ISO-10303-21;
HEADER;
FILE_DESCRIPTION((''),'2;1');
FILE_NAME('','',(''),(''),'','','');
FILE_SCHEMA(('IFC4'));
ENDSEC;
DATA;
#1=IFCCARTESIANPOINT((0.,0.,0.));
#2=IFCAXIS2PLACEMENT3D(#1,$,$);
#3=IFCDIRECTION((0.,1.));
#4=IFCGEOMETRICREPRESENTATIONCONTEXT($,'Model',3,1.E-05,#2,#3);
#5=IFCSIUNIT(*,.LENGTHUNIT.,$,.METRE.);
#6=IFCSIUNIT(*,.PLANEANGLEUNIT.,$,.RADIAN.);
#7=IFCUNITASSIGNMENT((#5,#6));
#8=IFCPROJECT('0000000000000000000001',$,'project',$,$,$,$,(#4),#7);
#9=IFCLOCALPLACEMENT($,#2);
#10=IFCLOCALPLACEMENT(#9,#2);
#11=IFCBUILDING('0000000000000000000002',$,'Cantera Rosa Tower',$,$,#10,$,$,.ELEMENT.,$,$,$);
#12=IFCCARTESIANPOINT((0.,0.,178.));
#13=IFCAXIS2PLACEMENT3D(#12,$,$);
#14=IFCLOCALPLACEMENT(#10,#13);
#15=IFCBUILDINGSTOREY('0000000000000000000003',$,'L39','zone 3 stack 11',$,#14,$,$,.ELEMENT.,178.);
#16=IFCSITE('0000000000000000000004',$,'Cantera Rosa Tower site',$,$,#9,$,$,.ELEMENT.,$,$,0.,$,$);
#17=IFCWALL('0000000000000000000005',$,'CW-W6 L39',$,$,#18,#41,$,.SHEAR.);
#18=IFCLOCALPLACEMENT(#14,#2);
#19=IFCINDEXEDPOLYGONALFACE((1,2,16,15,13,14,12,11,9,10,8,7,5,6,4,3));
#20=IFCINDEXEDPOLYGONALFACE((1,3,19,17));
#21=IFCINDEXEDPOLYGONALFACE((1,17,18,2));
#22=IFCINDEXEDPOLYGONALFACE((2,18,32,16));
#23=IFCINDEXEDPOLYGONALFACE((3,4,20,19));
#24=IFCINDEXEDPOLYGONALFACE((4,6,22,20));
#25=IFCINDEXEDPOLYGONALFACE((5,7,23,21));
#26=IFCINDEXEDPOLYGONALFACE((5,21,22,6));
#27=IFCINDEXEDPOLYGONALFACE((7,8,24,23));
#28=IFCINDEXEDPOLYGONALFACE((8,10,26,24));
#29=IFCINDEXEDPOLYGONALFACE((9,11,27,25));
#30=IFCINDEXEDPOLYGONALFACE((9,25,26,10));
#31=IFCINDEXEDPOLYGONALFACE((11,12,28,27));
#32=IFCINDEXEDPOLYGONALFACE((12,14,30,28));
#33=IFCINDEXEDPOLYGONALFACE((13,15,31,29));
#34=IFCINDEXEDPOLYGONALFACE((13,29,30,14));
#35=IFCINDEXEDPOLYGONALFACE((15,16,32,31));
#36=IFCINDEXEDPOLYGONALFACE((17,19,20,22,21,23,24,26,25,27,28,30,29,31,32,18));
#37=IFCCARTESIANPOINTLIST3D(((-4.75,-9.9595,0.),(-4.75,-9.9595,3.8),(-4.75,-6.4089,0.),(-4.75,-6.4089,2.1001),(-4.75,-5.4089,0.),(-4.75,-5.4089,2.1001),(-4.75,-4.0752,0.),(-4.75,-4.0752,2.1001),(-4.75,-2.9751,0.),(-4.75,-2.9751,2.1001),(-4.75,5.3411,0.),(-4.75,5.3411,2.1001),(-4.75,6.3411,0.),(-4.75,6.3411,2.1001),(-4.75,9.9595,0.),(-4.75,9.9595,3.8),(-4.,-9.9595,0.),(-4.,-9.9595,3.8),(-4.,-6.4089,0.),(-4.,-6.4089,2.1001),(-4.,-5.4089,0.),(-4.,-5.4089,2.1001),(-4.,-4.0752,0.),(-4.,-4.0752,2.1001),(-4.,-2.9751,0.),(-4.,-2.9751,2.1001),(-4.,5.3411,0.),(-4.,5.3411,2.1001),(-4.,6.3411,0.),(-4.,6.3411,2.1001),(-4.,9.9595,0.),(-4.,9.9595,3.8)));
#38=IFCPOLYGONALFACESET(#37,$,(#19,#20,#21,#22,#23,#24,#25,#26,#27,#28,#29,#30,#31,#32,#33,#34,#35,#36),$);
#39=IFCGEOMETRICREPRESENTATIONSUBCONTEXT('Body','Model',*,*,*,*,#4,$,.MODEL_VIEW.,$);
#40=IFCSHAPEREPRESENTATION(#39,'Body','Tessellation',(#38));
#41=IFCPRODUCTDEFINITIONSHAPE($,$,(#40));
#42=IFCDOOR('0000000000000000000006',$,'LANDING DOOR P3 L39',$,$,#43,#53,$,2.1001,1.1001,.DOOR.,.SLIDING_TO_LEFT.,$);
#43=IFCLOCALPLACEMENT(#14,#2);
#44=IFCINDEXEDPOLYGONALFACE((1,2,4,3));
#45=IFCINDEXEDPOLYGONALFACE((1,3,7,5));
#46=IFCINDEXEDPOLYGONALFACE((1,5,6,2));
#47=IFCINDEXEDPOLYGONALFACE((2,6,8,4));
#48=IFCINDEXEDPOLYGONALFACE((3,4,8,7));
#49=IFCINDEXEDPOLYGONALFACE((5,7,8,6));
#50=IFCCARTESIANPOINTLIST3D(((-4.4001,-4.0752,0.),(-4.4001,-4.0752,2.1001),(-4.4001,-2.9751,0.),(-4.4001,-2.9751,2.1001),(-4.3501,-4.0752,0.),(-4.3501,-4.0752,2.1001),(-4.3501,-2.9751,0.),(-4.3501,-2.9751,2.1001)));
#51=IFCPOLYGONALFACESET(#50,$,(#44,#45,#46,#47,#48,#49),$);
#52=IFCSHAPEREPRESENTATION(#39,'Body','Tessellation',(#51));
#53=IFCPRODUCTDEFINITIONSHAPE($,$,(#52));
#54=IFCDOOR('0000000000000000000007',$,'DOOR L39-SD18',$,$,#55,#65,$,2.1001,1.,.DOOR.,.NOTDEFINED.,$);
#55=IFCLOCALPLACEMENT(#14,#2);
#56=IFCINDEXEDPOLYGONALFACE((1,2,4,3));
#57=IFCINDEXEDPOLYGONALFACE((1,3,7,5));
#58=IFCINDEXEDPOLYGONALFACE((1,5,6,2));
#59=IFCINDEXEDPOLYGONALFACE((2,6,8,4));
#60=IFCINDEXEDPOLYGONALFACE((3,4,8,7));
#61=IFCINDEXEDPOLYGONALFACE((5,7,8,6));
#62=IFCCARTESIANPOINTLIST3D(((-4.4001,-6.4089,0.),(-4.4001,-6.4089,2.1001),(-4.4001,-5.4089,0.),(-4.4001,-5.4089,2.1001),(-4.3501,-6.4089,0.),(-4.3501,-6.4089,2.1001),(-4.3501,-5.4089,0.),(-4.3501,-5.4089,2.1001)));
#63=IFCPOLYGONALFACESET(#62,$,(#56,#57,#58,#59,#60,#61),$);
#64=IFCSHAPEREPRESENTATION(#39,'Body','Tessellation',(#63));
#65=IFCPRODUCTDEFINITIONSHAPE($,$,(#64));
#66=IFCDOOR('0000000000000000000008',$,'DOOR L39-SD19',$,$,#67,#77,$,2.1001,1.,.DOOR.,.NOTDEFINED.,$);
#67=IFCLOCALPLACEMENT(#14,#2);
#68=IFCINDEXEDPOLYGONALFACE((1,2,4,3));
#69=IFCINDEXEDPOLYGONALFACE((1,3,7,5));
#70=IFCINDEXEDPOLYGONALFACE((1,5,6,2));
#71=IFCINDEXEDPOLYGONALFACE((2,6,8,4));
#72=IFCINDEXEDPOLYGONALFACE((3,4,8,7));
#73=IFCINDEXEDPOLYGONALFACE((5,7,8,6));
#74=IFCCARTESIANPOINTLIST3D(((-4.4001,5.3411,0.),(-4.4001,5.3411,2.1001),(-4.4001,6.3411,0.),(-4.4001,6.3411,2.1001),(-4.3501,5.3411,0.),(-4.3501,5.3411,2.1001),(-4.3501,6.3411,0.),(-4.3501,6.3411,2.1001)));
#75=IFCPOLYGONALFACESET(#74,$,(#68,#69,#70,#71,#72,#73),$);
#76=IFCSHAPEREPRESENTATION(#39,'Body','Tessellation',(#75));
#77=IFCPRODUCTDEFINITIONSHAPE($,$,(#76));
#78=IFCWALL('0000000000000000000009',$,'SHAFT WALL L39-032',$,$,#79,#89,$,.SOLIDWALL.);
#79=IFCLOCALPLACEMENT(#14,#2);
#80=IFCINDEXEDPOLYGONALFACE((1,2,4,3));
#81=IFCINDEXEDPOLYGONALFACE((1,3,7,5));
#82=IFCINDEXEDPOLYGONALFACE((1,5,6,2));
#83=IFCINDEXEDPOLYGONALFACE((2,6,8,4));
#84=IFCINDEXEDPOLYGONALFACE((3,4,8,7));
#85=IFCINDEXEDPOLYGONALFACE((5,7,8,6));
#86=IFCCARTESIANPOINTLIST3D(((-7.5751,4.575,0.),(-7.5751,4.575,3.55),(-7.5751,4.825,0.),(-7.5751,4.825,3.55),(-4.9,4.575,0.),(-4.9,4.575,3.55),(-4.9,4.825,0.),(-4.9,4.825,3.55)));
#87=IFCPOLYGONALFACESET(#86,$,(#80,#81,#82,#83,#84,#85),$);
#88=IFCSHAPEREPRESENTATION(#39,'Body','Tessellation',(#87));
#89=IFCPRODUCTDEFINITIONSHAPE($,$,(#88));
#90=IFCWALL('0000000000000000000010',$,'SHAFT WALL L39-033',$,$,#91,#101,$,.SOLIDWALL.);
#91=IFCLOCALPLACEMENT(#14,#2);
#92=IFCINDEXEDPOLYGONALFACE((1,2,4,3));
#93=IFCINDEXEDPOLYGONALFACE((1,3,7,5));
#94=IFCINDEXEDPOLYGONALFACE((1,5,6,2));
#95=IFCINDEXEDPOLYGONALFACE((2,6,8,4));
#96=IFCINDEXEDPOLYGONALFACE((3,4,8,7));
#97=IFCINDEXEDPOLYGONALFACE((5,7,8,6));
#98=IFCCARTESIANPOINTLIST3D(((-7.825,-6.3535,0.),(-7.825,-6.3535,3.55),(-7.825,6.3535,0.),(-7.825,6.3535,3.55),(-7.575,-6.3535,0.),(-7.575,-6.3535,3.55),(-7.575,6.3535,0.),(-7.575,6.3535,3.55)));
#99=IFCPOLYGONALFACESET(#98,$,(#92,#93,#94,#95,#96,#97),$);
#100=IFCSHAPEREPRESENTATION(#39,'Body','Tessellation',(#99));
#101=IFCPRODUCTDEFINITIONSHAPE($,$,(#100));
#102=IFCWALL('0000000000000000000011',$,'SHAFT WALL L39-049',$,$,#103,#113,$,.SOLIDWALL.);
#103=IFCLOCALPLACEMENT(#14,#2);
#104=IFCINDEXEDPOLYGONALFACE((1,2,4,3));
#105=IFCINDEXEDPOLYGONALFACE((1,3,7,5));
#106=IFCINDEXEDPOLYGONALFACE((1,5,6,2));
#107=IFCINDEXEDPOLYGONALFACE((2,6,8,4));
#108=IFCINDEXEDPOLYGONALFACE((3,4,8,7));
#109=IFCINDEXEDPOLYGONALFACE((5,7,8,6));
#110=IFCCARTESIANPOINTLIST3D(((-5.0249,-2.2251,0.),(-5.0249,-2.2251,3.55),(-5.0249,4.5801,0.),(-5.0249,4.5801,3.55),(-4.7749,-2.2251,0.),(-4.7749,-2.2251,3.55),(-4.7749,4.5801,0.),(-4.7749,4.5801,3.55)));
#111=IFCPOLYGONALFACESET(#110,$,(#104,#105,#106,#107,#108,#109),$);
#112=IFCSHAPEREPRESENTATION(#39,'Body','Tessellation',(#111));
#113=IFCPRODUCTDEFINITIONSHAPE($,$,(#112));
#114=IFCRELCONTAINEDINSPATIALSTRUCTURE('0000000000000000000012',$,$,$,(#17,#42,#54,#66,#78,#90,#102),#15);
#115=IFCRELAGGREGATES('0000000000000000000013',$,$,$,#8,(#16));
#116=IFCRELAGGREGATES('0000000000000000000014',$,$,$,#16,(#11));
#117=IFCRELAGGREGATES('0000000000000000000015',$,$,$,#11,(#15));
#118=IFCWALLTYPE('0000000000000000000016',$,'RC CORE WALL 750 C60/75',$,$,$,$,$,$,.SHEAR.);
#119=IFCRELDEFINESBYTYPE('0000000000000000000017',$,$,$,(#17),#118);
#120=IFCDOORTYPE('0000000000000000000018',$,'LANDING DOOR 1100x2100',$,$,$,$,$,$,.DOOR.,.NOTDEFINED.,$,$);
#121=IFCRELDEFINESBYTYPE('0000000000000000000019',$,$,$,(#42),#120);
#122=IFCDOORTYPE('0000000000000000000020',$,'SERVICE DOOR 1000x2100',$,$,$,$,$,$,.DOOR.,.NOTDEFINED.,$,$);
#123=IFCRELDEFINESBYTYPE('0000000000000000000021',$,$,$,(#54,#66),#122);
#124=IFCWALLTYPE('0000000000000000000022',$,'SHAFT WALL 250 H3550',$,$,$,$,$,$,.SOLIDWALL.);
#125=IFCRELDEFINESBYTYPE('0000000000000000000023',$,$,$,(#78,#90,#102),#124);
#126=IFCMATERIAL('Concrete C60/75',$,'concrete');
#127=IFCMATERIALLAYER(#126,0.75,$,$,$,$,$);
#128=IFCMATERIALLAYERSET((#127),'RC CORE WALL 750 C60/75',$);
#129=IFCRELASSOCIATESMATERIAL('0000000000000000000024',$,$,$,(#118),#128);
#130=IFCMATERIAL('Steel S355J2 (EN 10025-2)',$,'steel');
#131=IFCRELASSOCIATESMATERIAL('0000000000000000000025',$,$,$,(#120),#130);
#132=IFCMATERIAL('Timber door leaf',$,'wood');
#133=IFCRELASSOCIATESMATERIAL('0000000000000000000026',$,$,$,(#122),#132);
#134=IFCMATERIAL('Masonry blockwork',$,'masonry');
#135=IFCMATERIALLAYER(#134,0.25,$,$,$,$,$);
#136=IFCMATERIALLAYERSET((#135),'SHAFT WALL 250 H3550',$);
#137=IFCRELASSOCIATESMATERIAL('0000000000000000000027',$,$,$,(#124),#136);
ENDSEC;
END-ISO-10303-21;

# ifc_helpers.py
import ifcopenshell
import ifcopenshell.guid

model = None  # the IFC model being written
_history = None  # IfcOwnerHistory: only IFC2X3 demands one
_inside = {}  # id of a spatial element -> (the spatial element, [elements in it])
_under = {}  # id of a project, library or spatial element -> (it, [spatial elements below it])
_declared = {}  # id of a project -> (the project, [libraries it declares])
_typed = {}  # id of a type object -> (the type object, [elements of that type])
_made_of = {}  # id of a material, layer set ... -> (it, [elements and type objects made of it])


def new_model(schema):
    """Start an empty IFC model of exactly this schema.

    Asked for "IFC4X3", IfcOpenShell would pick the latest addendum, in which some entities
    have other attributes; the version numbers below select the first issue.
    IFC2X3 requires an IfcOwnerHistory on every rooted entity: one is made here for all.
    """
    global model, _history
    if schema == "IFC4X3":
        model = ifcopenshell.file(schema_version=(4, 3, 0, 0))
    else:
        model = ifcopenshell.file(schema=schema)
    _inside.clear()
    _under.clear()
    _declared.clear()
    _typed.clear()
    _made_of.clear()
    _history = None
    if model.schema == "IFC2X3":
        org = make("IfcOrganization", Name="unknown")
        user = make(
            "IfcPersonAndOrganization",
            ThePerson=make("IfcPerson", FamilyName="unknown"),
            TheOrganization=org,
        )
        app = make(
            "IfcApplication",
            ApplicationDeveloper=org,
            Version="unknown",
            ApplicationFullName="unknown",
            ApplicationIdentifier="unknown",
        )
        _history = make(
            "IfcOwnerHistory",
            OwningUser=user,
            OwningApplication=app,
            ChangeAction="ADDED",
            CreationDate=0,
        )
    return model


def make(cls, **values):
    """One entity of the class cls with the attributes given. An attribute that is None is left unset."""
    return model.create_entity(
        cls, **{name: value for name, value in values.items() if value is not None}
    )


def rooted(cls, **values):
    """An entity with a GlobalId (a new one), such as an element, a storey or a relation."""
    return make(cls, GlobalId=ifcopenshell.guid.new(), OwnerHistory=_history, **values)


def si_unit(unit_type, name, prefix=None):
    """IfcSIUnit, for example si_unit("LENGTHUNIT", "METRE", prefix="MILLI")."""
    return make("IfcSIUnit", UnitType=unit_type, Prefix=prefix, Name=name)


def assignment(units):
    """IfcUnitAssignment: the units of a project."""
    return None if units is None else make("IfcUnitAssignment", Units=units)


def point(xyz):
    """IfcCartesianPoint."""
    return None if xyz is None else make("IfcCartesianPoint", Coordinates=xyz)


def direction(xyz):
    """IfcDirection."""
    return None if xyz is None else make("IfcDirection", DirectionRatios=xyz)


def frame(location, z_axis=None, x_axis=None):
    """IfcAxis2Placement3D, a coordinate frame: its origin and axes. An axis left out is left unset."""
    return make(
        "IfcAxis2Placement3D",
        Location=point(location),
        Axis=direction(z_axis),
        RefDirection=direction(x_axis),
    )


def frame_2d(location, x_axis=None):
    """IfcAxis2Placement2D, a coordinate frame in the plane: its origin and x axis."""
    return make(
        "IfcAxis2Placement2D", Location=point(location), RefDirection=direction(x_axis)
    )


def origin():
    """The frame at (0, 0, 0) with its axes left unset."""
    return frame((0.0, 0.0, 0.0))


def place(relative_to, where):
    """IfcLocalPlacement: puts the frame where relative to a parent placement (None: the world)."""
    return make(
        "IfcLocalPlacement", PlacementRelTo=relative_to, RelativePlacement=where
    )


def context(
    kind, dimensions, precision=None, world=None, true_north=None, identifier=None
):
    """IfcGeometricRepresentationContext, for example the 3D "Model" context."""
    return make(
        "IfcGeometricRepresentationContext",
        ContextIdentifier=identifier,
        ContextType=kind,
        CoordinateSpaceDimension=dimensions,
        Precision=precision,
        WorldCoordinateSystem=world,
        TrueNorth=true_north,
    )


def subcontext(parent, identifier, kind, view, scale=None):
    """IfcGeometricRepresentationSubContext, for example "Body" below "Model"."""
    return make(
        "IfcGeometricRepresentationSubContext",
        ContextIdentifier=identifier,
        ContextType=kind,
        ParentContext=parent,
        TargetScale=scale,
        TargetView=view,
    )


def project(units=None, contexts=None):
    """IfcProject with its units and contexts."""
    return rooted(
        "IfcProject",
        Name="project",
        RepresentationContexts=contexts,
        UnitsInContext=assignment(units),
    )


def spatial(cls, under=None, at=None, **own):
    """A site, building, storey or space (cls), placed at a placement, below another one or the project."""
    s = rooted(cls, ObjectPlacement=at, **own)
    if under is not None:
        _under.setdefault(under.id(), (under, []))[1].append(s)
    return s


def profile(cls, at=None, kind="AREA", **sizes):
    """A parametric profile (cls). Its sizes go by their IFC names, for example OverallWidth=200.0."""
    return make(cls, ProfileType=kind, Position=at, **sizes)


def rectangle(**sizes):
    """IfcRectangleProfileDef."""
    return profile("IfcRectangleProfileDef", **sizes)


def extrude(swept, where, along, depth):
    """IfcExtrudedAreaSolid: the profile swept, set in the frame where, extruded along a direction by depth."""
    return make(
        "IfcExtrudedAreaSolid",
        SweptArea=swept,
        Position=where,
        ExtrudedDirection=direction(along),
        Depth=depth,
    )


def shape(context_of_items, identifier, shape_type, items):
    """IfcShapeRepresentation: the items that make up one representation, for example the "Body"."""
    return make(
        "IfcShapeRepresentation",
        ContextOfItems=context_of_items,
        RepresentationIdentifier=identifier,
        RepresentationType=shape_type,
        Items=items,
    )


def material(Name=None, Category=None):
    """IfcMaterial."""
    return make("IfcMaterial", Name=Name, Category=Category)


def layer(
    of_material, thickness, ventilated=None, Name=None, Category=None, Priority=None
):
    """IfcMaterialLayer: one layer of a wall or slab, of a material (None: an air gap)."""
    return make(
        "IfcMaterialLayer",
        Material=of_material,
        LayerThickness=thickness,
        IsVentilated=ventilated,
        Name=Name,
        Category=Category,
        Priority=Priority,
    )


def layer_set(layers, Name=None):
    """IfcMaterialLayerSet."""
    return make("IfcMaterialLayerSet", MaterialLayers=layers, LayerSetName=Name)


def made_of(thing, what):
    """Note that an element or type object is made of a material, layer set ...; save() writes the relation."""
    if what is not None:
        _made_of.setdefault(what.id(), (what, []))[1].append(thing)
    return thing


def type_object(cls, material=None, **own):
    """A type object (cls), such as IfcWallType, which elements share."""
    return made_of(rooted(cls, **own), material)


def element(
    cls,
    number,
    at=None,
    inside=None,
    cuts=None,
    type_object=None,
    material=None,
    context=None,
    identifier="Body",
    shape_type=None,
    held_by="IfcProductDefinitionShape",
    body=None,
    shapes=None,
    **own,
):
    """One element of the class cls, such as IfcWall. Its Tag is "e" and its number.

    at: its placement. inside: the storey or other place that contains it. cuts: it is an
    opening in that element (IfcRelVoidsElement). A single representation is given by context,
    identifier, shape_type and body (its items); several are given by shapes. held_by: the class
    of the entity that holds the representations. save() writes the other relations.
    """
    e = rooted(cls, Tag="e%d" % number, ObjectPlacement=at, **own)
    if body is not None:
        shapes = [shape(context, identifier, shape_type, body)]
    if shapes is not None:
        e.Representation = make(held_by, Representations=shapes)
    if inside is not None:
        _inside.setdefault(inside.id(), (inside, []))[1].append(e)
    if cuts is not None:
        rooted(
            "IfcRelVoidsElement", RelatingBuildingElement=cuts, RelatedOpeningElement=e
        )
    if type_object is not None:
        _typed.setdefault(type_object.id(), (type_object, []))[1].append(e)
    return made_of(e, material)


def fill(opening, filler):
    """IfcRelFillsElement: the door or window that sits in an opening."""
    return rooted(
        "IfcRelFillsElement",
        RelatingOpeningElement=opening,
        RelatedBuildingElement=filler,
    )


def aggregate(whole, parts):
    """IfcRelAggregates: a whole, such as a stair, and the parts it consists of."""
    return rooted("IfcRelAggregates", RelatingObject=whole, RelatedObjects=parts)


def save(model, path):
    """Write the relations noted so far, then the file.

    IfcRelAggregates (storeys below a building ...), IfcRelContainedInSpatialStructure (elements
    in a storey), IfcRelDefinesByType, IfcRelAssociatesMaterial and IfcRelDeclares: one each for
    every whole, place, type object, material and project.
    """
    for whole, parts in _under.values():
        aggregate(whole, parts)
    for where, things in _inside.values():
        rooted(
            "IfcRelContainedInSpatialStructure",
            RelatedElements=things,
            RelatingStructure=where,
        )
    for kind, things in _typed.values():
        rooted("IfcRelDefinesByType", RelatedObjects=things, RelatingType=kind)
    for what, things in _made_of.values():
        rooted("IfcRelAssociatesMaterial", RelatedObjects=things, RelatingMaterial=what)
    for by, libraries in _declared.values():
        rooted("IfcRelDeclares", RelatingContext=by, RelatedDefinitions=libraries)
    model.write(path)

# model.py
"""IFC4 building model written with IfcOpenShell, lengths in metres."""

from ifc_helpers import new_model, si_unit, direction, frame, frame_2d, origin, place, context, subcontext, project, spatial, rectangle, extrude, material, layer, layer_set, type_object, element, fill, save


model = new_model("IFC4")

# Units and contexts
model_context = context("Model", 3, precision=1e-05, world=origin(), true_north=direction((0.0, 1.0)))
body_context = subcontext(model_context, "Body", "Model", "MODEL_VIEW")
ifc_project = project(units=[si_unit("LENGTHUNIT", "METRE"), si_unit("PLANEANGLEUNIT", "RADIAN")], contexts=[model_context])

# Site, building, storey
site_placement = place(None, origin())
site = spatial("IfcSite", under=ifc_project, at=site_placement, Name="Cantera Rosa Tower site", CompositionType="ELEMENT", RefElevation=0.0)
building_placement = place(site_placement, origin())
building = spatial("IfcBuilding", under=site, at=building_placement, Name="Cantera Rosa Tower", CompositionType="ELEMENT")
storey_placement = place(building_placement, frame((0.0, 0.0, 178.0)))
storey = spatial("IfcBuildingStorey", under=building, at=storey_placement, Name="L39", Description="zone 3 stack 11", CompositionType="ELEMENT", Elevation=178.0)

# Shared definitions
ifc_material_1 = material(Name="Concrete C60/75", Category="concrete")
ifc_layer_1 = layer(ifc_material_1, 0.75)
ifc_layer_set_1 = layer_set([ifc_layer_1], Name="RC CORE WALL 750 C60/75")
wall_type_1 = type_object("IfcWallType", Name="RC CORE WALL 750 C60/75", PredefinedType="SHEAR", material=ifc_layer_set_1)

# Wall, openings, doors
wall_1_placement = place(storey_placement, frame((-4.375, 9.9595, 0.0), z_axis=(0.0, 0.0, 1.0), x_axis=(0.0, -1.0, 0.0)))
wall_1 = element("IfcWall", 1, at=wall_1_placement, inside=storey, type_object=wall_type_1, Name="CW-W6 L39", PredefinedType="SHEAR", context=body_context, shape_type="SweptSolid", body=[
    extrude(rectangle(XDim=19.9189, YDim=0.75, at=frame_2d((9.9595, 0.0))), origin(), (0.0, 0.0, 1.0), 3.8),
])
opening_1_placement = place(wall_1_placement, frame((12.9346, 0.0, 0.0)))
opening_1 = element("IfcOpeningElement", 2, at=opening_1_placement, cuts=wall_1, PredefinedType="OPENING", context=body_context, shape_type="SweptSolid", body=[
    extrude(rectangle(XDim=1.1001, YDim=2.1001, at=frame_2d((0.55, 1.05))), frame((0.0, 0.385, 0.0), z_axis=(0.0, -1.0, 0.0), x_axis=(1.0, 0.0, 0.0)), (0.0, 0.0, 1.0), 0.77),
])
opening_2_placement = place(wall_1_placement, frame((15.3684, 0.0, 0.0)))
opening_2 = element("IfcOpeningElement", 3, at=opening_2_placement, cuts=wall_1, PredefinedType="OPENING", context=body_context, shape_type="SweptSolid", body=[
    extrude(rectangle(XDim=1.0, YDim=2.1001, at=frame_2d((0.5, 1.05))), frame((0.0, 0.385, 0.0), z_axis=(0.0, -1.0, 0.0), x_axis=(1.0, 0.0, 0.0)), (0.0, 0.0, 1.0), 0.77),
])
opening_3_placement = place(wall_1_placement, frame((3.6184, 0.0, 0.0)))
opening_3 = element("IfcOpeningElement", 4, at=opening_3_placement, cuts=wall_1, PredefinedType="OPENING", context=body_context, shape_type="SweptSolid", body=[
    extrude(rectangle(XDim=1.0, YDim=2.1001, at=frame_2d((0.5, 1.05))), frame((0.0, 0.385, 0.0), z_axis=(0.0, -1.0, 0.0), x_axis=(1.0, 0.0, 0.0)), (0.0, 0.0, 1.0), 0.77),
])
ifc_material_2 = material(Name="Steel S355J2 (EN 10025-2)", Category="steel")
door_type_1 = type_object("IfcDoorType", Name="LANDING DOOR 1100x2100", OperationType="NOTDEFINED", PredefinedType="DOOR", material=ifc_material_2)
door_1_placement = place(opening_1_placement, origin())
door_1 = element("IfcDoor", 5, at=door_1_placement, inside=storey, type_object=door_type_1, Name="LANDING DOOR P3 L39", OperationType="SLIDING_TO_LEFT", OverallHeight=2.1001, OverallWidth=1.1001, PredefinedType="DOOR", context=body_context, shape_type="SweptSolid", body=[
    extrude(rectangle(XDim=1.1001, YDim=2.1001, at=frame_2d((0.55, 1.05))), frame((0.0, 0.0249, 0.0), z_axis=(0.0, -1.0, 0.0), x_axis=(1.0, 0.0, 0.0)), (0.0, 0.0, 1.0), 0.05),
])
fill(opening_1, door_1)
ifc_material_3 = material(Name="Timber door leaf", Category="wood")
door_type_2 = type_object("IfcDoorType", Name="SERVICE DOOR 1000x2100", OperationType="NOTDEFINED", PredefinedType="DOOR", material=ifc_material_3)
door_2_placement = place(opening_2_placement, origin())
door_2 = element("IfcDoor", 6, at=door_2_placement, inside=storey, type_object=door_type_2, Name="DOOR L39-SD18", OperationType="NOTDEFINED", OverallHeight=2.1001, OverallWidth=1.0, PredefinedType="DOOR", context=body_context, shape_type="SweptSolid", body=[
    extrude(rectangle(XDim=1.0, YDim=2.1001, at=frame_2d((0.5, 1.05))), frame((0.0, 0.0249, 0.0), z_axis=(0.0, -1.0, 0.0), x_axis=(1.0, 0.0, 0.0)), (0.0, 0.0, 1.0), 0.05),
])
fill(opening_2, door_2)
door_3_placement = place(opening_3_placement, origin())
door_3 = element("IfcDoor", 7, at=door_3_placement, inside=storey, type_object=door_type_2, Name="DOOR L39-SD19", OperationType="NOTDEFINED", OverallHeight=2.1001, OverallWidth=1.0, PredefinedType="DOOR", context=body_context, shape_type="SweptSolid", body=[
    extrude(rectangle(XDim=1.0, YDim=2.1001, at=frame_2d((0.5, 1.05))), frame((0.0, 0.0249, 0.0), z_axis=(0.0, -1.0, 0.0), x_axis=(1.0, 0.0, 0.0)), (0.0, 0.0, 1.0), 0.05),
])
fill(opening_3, door_3)

# Walls
ifc_material_4 = material(Name="Masonry blockwork", Category="masonry")
ifc_layer_2 = layer(ifc_material_4, 0.25)
ifc_layer_set_2 = layer_set([ifc_layer_2], Name="SHAFT WALL 250 H3550")
wall_type_2 = type_object("IfcWallType", Name="SHAFT WALL 250 H3550", PredefinedType="SOLIDWALL", material=ifc_layer_set_2)
wall_2_placement = place(storey_placement, frame((-7.575, 4.7, 0.0), z_axis=(0.0, 0.0, 1.0), x_axis=(1.0, 0.0, 0.0)))
element("IfcWall", 8, at=wall_2_placement, inside=storey, type_object=wall_type_2, Name="SHAFT WALL L39-032", PredefinedType="SOLIDWALL", context=body_context, shape_type="SweptSolid", body=[
    extrude(rectangle(XDim=2.675, YDim=0.25, at=frame_2d((1.3374, 0.0))), origin(), (0.0, 0.0, 1.0), 3.55),
])
wall_3_placement = place(storey_placement, frame((-7.7, 6.3535, 0.0), z_axis=(0.0, 0.0, 1.0), x_axis=(0.0, -1.0, 0.0)))
element("IfcWall", 9, at=wall_3_placement, inside=storey, type_object=wall_type_2, Name="SHAFT WALL L39-033", PredefinedType="SOLIDWALL", context=body_context, shape_type="SweptSolid", body=[
    extrude(rectangle(XDim=12.707, YDim=0.25, at=frame_2d((6.3535, 0.0))), origin(), (0.0, 0.0, 1.0), 3.55),
])
wall_4_placement = place(storey_placement, frame((-4.8999, 4.5801, 0.0), z_axis=(0.0, 0.0, 1.0), x_axis=(0.0, -1.0, 0.0)))
element("IfcWall", 10, at=wall_4_placement, inside=storey, type_object=wall_type_2, Name="SHAFT WALL L39-049", PredefinedType="SOLIDWALL", context=body_context, shape_type="SweptSolid", body=[
    extrude(rectangle(XDim=6.8052, YDim=0.25, at=frame_2d((3.4026, 0.0))), origin(), (0.0, 0.0, 1.0), 3.55),
])

save(model, "model.ifc")
